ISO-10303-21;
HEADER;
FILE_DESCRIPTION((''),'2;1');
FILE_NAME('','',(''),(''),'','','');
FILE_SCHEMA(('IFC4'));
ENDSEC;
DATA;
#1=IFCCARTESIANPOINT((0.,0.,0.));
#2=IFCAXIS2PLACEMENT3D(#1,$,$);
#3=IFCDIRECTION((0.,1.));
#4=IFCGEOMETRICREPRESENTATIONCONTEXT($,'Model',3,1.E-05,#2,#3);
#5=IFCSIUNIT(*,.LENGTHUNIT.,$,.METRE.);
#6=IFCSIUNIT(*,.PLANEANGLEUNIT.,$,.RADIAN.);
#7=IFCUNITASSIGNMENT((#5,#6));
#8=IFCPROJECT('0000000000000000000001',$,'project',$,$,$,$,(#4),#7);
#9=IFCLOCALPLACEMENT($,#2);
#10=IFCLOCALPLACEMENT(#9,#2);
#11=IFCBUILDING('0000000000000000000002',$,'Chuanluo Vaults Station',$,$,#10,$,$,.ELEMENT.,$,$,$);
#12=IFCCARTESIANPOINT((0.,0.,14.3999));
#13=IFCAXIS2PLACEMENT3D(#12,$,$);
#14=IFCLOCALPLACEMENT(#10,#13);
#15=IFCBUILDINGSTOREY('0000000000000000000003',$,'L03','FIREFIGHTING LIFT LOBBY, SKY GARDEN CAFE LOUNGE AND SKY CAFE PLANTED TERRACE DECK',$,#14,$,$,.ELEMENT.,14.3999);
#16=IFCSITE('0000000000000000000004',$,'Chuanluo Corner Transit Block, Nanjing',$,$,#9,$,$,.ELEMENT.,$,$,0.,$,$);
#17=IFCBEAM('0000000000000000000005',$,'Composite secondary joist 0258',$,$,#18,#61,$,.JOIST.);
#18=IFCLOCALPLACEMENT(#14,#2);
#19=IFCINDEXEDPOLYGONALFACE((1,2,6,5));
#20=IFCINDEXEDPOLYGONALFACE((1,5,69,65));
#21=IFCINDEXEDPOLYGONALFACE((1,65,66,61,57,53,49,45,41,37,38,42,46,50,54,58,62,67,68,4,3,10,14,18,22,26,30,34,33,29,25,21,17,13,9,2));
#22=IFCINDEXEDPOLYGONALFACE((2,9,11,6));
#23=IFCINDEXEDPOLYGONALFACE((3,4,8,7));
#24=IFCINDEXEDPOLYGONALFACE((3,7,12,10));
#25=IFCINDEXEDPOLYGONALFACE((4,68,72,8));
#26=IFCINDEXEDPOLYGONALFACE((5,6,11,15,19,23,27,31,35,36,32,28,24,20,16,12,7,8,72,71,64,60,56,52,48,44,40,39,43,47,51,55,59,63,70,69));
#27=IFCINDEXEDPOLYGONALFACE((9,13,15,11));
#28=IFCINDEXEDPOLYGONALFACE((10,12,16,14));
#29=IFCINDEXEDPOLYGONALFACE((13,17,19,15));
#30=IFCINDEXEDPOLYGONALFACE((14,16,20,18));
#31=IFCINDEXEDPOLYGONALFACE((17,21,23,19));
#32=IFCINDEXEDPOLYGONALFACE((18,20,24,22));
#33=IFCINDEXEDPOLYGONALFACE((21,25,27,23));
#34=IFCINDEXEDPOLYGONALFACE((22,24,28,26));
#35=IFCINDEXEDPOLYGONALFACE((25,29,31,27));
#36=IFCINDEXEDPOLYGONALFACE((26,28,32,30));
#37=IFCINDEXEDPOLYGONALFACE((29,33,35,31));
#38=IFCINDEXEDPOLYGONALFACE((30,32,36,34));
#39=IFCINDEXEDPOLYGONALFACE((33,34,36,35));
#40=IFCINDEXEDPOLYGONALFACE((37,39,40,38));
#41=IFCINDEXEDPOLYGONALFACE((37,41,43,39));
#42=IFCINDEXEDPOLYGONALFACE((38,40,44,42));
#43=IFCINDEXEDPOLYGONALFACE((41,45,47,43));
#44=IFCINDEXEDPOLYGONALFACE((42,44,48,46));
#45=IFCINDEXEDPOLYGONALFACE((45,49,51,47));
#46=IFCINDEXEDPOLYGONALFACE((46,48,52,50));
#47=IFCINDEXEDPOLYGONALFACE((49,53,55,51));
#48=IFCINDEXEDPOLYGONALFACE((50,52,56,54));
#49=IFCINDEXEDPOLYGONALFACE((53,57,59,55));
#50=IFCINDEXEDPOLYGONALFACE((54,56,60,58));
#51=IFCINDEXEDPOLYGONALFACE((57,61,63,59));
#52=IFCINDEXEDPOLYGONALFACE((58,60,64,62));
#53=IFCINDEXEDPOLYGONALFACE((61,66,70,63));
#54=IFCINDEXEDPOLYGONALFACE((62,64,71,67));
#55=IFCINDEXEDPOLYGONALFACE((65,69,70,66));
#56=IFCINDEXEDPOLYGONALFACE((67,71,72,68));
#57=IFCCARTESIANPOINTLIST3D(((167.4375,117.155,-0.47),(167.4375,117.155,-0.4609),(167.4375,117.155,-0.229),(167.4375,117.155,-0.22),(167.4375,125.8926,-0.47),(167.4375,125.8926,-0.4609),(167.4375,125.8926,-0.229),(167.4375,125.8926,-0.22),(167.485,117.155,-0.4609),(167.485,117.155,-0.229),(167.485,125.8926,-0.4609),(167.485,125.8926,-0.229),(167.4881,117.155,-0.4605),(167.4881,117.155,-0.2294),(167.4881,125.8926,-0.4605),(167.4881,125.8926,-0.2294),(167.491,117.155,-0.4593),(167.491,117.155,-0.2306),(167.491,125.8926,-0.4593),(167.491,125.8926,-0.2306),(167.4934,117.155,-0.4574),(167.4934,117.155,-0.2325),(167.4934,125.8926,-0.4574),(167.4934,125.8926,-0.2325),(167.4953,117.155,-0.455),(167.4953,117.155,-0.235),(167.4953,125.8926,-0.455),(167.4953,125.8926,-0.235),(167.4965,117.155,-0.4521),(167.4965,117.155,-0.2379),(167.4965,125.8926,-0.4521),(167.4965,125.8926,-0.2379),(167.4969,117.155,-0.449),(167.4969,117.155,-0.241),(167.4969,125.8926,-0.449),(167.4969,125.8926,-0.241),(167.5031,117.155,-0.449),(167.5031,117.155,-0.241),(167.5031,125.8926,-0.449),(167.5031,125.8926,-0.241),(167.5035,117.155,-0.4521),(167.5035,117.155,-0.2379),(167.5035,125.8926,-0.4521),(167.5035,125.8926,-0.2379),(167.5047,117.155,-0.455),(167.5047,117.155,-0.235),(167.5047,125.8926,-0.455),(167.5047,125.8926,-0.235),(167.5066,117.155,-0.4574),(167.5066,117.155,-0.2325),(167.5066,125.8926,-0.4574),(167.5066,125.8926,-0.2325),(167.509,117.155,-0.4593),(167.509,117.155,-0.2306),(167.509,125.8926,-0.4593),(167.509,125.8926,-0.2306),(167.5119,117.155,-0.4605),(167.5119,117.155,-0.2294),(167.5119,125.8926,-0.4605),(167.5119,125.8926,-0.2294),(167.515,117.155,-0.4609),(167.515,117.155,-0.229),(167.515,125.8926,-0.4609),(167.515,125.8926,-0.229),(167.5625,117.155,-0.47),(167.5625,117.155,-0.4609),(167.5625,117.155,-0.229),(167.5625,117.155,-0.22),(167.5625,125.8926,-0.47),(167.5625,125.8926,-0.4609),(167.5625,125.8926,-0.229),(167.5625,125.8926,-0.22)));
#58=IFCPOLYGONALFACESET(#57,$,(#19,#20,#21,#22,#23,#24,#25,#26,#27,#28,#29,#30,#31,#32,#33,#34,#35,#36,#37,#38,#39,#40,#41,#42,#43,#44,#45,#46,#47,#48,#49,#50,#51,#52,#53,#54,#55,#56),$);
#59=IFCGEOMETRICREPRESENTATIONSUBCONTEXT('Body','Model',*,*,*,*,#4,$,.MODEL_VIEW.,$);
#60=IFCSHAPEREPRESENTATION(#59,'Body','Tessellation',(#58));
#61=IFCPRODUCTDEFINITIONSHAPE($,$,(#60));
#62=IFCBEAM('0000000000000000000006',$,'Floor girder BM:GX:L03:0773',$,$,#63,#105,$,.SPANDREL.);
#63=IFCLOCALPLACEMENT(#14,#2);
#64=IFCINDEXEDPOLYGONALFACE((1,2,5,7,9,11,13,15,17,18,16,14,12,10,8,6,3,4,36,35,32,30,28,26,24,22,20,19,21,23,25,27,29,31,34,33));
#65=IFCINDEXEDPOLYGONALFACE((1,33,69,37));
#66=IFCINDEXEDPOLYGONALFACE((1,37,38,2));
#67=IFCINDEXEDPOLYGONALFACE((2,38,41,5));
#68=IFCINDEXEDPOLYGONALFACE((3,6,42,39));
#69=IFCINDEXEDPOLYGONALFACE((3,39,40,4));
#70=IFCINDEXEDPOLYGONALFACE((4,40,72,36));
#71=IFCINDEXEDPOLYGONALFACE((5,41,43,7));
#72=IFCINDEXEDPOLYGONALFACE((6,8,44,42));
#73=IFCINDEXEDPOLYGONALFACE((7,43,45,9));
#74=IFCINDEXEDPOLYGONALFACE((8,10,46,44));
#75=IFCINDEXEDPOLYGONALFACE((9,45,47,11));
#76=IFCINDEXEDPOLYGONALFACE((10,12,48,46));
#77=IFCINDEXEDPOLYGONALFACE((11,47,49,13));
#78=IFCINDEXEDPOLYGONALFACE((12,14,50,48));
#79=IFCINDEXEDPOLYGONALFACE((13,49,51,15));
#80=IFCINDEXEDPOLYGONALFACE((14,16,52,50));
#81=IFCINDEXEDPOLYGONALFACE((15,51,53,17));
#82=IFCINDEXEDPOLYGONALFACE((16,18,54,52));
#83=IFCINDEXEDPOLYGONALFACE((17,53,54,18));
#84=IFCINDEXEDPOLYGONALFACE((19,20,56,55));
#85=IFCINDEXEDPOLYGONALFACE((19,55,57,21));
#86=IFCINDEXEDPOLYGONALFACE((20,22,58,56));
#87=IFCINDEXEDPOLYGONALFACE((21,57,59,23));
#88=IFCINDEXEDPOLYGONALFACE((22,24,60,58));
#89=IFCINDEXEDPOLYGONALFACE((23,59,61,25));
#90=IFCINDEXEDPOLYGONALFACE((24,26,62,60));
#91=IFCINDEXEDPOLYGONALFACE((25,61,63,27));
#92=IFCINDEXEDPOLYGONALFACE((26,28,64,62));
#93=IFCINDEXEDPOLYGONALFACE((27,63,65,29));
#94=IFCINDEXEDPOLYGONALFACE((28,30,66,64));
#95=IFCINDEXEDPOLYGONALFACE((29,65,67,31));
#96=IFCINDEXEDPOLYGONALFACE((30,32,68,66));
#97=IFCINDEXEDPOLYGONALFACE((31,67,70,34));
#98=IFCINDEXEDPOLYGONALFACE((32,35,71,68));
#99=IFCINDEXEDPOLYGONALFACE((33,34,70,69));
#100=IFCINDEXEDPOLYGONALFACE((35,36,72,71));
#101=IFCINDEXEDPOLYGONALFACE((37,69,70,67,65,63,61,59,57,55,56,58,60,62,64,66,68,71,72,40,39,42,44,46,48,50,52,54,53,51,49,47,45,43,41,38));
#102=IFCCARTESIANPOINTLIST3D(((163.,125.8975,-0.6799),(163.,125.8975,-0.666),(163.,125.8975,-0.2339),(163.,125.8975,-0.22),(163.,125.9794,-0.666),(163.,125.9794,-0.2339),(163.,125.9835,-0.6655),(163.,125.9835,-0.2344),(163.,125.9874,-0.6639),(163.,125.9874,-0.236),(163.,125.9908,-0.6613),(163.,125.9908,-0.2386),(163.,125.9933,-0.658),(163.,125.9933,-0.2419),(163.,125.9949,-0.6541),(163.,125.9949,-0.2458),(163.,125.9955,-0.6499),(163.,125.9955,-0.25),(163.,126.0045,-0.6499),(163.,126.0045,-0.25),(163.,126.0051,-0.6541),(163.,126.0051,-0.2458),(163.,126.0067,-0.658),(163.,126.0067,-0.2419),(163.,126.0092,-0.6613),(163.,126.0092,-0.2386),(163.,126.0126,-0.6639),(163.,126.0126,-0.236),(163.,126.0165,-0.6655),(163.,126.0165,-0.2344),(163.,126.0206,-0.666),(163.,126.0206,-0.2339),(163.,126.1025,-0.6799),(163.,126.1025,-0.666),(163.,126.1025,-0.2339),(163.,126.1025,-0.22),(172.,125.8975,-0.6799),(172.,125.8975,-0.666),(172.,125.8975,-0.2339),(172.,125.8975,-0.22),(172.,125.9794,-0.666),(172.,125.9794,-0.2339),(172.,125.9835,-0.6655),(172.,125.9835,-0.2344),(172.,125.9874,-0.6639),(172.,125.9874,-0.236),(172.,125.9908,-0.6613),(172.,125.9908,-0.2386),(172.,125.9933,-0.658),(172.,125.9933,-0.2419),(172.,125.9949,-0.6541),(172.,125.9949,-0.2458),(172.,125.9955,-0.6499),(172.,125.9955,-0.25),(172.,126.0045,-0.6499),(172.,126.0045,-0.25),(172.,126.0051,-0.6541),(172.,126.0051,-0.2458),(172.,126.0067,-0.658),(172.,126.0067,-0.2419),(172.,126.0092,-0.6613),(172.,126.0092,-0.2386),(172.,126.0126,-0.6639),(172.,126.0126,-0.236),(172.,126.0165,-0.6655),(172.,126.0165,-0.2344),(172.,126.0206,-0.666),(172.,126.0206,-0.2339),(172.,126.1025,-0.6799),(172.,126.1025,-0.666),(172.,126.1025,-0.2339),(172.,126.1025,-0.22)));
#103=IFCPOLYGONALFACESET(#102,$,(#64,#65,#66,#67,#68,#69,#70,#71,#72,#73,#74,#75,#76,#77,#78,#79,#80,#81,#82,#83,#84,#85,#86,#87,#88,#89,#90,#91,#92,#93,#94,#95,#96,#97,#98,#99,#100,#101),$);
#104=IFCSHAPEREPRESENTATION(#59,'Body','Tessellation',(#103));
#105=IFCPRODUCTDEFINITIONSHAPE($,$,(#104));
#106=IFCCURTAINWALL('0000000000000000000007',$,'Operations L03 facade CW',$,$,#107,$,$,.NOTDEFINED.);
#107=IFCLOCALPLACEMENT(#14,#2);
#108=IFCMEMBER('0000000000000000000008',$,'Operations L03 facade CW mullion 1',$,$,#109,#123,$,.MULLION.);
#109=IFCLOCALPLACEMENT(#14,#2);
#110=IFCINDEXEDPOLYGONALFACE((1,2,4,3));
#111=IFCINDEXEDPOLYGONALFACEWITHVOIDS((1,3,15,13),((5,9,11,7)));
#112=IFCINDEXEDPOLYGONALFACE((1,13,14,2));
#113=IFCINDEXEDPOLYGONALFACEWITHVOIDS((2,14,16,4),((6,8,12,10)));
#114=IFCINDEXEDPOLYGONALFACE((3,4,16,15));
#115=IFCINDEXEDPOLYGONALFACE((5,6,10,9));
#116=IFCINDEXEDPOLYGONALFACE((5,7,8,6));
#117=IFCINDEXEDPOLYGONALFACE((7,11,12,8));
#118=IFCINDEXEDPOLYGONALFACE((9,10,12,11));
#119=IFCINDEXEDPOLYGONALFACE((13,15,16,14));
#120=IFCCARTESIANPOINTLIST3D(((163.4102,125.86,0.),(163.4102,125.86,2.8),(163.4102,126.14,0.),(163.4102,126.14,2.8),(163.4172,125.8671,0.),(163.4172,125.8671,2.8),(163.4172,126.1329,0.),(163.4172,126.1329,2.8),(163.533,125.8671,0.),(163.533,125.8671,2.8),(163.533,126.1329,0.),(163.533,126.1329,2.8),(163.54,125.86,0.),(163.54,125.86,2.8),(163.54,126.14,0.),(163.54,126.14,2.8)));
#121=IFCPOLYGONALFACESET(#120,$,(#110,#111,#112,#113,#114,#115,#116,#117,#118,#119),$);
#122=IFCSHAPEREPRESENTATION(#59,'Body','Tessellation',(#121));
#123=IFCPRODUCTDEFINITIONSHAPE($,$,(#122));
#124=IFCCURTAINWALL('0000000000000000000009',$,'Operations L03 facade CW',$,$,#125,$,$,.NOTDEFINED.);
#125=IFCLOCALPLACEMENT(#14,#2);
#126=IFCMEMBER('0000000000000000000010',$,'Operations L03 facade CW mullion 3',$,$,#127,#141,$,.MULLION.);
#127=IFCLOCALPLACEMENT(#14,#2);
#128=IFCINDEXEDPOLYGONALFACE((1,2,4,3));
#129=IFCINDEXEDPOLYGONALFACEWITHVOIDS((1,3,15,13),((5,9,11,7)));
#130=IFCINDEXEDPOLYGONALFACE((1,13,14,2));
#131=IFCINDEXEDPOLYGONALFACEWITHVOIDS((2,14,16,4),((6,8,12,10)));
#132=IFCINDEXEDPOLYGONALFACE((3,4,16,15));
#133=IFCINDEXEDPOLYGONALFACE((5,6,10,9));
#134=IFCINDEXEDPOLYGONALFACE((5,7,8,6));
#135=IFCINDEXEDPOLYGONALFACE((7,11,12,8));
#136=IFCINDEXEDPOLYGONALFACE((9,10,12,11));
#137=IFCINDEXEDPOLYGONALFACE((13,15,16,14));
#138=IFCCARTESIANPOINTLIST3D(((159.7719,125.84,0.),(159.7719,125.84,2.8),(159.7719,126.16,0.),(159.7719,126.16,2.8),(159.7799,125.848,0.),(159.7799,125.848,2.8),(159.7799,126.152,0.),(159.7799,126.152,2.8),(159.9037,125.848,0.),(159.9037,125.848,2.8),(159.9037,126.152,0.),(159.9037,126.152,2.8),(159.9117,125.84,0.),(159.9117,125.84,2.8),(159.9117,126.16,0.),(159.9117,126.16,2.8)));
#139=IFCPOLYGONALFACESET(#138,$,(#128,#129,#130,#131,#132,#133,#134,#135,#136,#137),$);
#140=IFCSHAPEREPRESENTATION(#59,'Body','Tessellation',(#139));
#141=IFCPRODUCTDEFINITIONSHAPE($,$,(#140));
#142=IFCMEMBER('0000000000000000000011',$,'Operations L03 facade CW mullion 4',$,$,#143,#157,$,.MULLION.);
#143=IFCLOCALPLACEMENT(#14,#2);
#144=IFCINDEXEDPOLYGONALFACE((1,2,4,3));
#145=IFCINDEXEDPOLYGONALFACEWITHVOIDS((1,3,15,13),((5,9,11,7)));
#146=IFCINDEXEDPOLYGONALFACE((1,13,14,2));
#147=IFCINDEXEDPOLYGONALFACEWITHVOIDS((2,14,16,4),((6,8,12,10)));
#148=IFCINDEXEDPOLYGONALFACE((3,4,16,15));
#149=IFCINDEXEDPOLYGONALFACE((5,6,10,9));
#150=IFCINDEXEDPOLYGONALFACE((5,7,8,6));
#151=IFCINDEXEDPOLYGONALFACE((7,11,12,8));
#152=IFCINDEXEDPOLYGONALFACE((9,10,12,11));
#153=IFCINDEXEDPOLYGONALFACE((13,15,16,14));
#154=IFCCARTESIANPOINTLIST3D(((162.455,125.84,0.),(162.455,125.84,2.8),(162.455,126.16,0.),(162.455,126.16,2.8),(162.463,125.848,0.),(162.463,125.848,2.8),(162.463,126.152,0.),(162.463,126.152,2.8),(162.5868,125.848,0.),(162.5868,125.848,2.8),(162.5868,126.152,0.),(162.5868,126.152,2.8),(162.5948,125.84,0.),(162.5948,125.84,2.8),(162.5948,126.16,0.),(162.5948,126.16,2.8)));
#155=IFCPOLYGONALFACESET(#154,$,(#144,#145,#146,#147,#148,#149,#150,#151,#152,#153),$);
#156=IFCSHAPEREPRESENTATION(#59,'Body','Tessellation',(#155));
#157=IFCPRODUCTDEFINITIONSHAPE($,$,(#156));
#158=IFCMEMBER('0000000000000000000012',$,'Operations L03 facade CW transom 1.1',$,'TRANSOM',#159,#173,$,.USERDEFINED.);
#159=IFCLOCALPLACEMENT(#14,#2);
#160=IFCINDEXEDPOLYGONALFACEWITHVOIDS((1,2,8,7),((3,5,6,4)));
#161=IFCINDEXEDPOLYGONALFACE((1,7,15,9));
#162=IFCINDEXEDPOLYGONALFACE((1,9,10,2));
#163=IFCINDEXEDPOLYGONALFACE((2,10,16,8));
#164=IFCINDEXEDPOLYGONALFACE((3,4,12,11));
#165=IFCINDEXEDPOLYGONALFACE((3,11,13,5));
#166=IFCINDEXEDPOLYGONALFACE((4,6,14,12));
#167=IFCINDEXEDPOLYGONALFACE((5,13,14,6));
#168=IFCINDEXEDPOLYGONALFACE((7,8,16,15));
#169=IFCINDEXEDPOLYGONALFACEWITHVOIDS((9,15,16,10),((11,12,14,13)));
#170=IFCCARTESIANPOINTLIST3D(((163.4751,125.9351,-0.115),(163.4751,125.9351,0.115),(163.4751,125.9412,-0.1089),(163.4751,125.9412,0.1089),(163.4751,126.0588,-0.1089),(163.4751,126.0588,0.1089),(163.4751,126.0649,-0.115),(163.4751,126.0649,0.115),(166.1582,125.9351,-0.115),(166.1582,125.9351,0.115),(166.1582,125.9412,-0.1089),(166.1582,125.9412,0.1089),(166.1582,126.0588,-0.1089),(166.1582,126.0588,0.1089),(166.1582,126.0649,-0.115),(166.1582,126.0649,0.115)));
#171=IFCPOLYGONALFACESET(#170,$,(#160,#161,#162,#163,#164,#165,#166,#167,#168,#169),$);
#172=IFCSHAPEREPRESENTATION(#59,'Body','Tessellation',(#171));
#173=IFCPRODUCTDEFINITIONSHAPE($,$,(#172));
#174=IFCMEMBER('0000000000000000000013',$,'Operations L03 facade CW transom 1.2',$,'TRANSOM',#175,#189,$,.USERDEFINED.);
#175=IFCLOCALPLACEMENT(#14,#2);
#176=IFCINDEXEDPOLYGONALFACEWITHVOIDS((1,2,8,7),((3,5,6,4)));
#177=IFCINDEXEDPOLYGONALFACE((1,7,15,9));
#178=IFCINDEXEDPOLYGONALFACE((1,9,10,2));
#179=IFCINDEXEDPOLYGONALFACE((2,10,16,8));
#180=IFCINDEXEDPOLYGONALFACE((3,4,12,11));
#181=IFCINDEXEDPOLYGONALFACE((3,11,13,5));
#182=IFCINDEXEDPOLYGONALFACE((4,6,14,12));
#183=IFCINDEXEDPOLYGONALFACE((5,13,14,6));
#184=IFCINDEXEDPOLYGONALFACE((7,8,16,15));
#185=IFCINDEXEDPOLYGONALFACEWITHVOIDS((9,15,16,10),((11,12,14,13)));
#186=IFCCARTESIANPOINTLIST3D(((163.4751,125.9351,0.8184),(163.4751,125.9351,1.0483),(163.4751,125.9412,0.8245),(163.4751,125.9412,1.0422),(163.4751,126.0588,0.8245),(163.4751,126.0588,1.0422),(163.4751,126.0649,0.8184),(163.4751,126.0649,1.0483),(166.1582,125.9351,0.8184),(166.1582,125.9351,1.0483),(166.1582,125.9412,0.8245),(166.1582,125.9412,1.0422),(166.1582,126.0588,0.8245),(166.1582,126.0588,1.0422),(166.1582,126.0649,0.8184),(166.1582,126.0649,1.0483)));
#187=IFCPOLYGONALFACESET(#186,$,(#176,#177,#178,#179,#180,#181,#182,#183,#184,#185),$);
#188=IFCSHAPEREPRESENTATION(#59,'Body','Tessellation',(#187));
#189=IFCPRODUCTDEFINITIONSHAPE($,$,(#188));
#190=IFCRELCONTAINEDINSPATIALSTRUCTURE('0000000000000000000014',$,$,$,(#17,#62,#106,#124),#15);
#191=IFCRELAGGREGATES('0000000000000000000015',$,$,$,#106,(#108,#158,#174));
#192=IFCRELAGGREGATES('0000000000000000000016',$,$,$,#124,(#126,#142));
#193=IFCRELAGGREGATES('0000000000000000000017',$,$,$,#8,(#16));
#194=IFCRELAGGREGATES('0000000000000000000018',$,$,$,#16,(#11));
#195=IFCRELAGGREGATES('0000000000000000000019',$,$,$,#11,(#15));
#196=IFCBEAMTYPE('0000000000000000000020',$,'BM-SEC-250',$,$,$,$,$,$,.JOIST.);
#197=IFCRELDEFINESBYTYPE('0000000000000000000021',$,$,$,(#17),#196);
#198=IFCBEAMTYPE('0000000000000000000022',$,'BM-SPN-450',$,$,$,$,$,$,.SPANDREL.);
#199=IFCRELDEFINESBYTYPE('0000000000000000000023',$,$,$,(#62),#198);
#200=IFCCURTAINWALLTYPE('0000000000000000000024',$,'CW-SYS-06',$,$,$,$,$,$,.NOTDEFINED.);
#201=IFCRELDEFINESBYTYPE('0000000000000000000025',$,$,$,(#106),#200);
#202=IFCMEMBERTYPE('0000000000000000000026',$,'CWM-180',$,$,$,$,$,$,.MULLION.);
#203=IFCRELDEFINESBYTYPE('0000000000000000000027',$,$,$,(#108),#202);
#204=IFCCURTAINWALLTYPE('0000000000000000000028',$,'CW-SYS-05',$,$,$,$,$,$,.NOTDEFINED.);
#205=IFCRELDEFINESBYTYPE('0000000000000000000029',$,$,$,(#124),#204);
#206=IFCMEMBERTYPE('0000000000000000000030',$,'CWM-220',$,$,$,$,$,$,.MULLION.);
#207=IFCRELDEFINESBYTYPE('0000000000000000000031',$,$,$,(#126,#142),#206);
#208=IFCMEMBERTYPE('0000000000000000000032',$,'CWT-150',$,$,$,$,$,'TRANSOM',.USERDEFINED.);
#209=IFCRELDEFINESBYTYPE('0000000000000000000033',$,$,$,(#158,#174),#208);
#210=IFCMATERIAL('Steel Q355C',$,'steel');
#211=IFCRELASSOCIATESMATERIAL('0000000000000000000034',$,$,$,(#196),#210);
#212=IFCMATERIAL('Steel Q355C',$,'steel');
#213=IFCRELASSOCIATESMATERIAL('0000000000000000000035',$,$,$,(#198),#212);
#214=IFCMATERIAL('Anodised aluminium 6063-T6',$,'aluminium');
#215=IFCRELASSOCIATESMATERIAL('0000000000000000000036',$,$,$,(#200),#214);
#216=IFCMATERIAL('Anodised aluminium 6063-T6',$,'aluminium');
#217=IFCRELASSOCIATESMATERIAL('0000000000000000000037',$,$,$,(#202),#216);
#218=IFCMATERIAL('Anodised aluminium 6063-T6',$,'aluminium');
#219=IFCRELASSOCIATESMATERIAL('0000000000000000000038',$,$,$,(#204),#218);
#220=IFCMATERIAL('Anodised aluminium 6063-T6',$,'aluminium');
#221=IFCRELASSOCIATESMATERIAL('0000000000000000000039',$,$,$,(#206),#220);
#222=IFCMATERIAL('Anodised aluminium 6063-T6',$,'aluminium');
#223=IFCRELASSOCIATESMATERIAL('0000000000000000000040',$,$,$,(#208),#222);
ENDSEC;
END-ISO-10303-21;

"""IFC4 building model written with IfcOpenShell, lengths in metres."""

from ifc_helpers import new_model, si_unit, direction, frame, origin, origin_2d, place, context, subcontext, project, spatial, hollow_rectangle, i_section, extrude, material, material_profile, profile_set, type_object, element, aggregate, save


model = new_model("IFC4")

# Units and contexts
model_context = context("Model", 3, precision=1e-05, world=origin(), true_north=direction((0.0, 1.0)))
body_context = subcontext(model_context, "Body", "Model", "MODEL_VIEW")
ifc_project = project(units=[si_unit("LENGTHUNIT", "METRE"), si_unit("PLANEANGLEUNIT", "RADIAN")], contexts=[model_context])

# Site, building, storey
site_placement = place(None, origin())
site = spatial("IfcSite", under=ifc_project, at=site_placement, Name="Chuanluo Corner Transit Block, Nanjing", CompositionType="ELEMENT", RefElevation=0.0)
building_placement = place(site_placement, origin())
building = spatial("IfcBuilding", under=site, at=building_placement, Name="Chuanluo Vaults Station", CompositionType="ELEMENT")
storey_placement = place(building_placement, frame((0.0, 0.0, 14.3999)))
storey = spatial("IfcBuildingStorey", under=building, at=storey_placement, Name="L03", Description="FIREFIGHTING LIFT LOBBY, SKY GARDEN CAFE LOUNGE AND SKY CAFE PLANTED TERRACE DECK", CompositionType="ELEMENT", Elevation=14.3999)

# Beams
ifc_material_1 = material(Name="Steel Q355C", Category="steel")
ifc_material_profile_1 = material_profile(ifc_material_1, i_section(OverallWidth=0.125, OverallDepth=0.25, WebThickness=0.0061, FlangeThickness=0.009, FilletRadius=0.012, at=origin_2d()))
ifc_profile_set_1 = profile_set([ifc_material_profile_1], Name="Steel Q355C")
beam_type_1 = type_object("IfcBeamType", Name="BM-SEC-250", PredefinedType="JOIST", material=ifc_profile_set_1)
beam_1_placement = place(storey_placement, frame((167.5, 117.155, -0.345), z_axis=(0.0, 1.0, 0.0), x_axis=(-1.0, 0.0, 0.0)))
element("IfcBeam", 1, at=beam_1_placement, inside=storey, type_object=beam_type_1, Name="Composite secondary joist 0258", PredefinedType="JOIST", context=body_context, shape_type="SweptSolid", body=[
    extrude(i_section(OverallWidth=0.125, OverallDepth=0.25, WebThickness=0.0061, FlangeThickness=0.009, FilletRadius=0.012, at=origin_2d()), origin(), (0.0, 0.0, 1.0), 8.7375),
])
ifc_material_2 = material(Name="Steel Q355C", Category="steel")
ifc_material_profile_2 = material_profile(ifc_material_2, i_section(OverallWidth=0.2051, OverallDepth=0.46, WebThickness=0.009, FlangeThickness=0.0139, FilletRadius=0.0161, at=origin_2d()))
ifc_profile_set_2 = profile_set([ifc_material_profile_2], Name="Steel Q355C")
beam_type_2 = type_object("IfcBeamType", Name="BM-SPN-450", PredefinedType="SPANDREL", material=ifc_profile_set_2)
beam_2_placement = place(storey_placement, frame((163.0, 126.0, -0.45), z_axis=(1.0, 0.0, 0.0), x_axis=(0.0, 1.0, 0.0)))
element("IfcBeam", 2, at=beam_2_placement, inside=storey, type_object=beam_type_2, Name="Floor girder BM:GX:L03:0773", PredefinedType="SPANDREL", context=body_context, shape_type="SweptSolid", body=[
    extrude(i_section(OverallWidth=0.2051, OverallDepth=0.46, WebThickness=0.009, FlangeThickness=0.0139, FilletRadius=0.0161, at=origin_2d()), origin(), (0.0, 0.0, 1.0), 9.0),
])

# Curtain wall, member
ifc_material_3 = material(Name="Anodised aluminium 6063-T6", Category="aluminium")
curtain_wall_type_1 = type_object("IfcCurtainWallType", Name="CW-SYS-06", PredefinedType="NOTDEFINED", material=ifc_material_3)
curtain_wall_1_placement = place(storey_placement, origin())
curtain_wall_1 = element("IfcCurtainWall", 3, at=curtain_wall_1_placement, inside=storey, type_object=curtain_wall_type_1, Name="Operations L03 facade CW", PredefinedType="NOTDEFINED")
ifc_material_4 = material(Name="Anodised aluminium 6063-T6", Category="aluminium")
ifc_material_profile_3 = material_profile(ifc_material_4, hollow_rectangle(XDim=0.1299, YDim=0.28, WallThickness=0.0071, at=origin_2d()))
ifc_profile_set_3 = profile_set([ifc_material_profile_3], Name="Anodised aluminium 6063-T6")
member_type_1 = type_object("IfcMemberType", Name="CWM-180", PredefinedType="MULLION", material=ifc_profile_set_3)
member_1_placement = place(storey_placement, frame((163.4751, 126.0, 0.0), z_axis=(0.0, 0.0, 1.0), x_axis=(1.0, 0.0, 0.0)))
member_1 = element("IfcMember", 4, at=member_1_placement, type_object=member_type_1, Name="Operations L03 facade CW mullion 1", PredefinedType="MULLION", context=body_context, shape_type="SweptSolid", body=[
    extrude(hollow_rectangle(XDim=0.1299, YDim=0.28, WallThickness=0.0071, at=origin_2d()), origin(), (0.0, 0.0, 1.0), 2.8),
])

# Curtain wall, members
ifc_material_5 = material(Name="Anodised aluminium 6063-T6", Category="aluminium")
curtain_wall_type_2 = type_object("IfcCurtainWallType", Name="CW-SYS-05", PredefinedType="NOTDEFINED", material=ifc_material_5)
curtain_wall_2_placement = place(storey_placement, origin())
curtain_wall_2 = element("IfcCurtainWall", 5, at=curtain_wall_2_placement, inside=storey, type_object=curtain_wall_type_2, Name="Operations L03 facade CW", PredefinedType="NOTDEFINED")
ifc_material_6 = material(Name="Anodised aluminium 6063-T6", Category="aluminium")
ifc_material_profile_4 = material_profile(ifc_material_6, hollow_rectangle(XDim=0.1399, YDim=0.3201, WallThickness=0.0081, at=origin_2d()))
ifc_profile_set_4 = profile_set([ifc_material_profile_4], Name="Anodised aluminium 6063-T6")
member_type_2 = type_object("IfcMemberType", Name="CWM-220", PredefinedType="MULLION", material=ifc_profile_set_4)
member_2_placement = place(storey_placement, frame((159.8418, 126.0, 0.0), z_axis=(0.0, 0.0, 1.0), x_axis=(1.0, 0.0, 0.0)))
member_2 = element("IfcMember", 6, at=member_2_placement, type_object=member_type_2, Name="Operations L03 facade CW mullion 3", PredefinedType="MULLION", context=body_context, shape_type="SweptSolid", body=[
    extrude(hollow_rectangle(XDim=0.1399, YDim=0.3201, WallThickness=0.0081, at=origin_2d()), origin(), (0.0, 0.0, 1.0), 2.8),
])
member_3_placement = place(storey_placement, frame((162.5249, 126.0, 0.0), z_axis=(0.0, 0.0, 1.0), x_axis=(1.0, 0.0, 0.0)))
member_3 = element("IfcMember", 7, at=member_3_placement, type_object=member_type_2, Name="Operations L03 facade CW mullion 4", PredefinedType="MULLION", context=body_context, shape_type="SweptSolid", body=[
    extrude(hollow_rectangle(XDim=0.1399, YDim=0.3201, WallThickness=0.0081, at=origin_2d()), origin(), (0.0, 0.0, 1.0), 2.8),
])

# Members
ifc_material_7 = material(Name="Anodised aluminium 6063-T6", Category="aluminium")
ifc_material_profile_5 = material_profile(ifc_material_7, hollow_rectangle(XDim=0.1299, YDim=0.23, WallThickness=0.0061, at=origin_2d()))
ifc_profile_set_5 = profile_set([ifc_material_profile_5], Name="Anodised aluminium 6063-T6")
member_type_3 = type_object("IfcMemberType", Name="CWT-150", ElementType="TRANSOM", PredefinedType="USERDEFINED", material=ifc_profile_set_5)
member_4_placement = place(storey_placement, frame((163.4751, 126.0, 0.0), z_axis=(1.0, 0.0, 0.0), x_axis=(0.0, 1.0, 0.0)))
member_4 = element("IfcMember", 8, at=member_4_placement, type_object=member_type_3, Name="Operations L03 facade CW transom 1.1", ObjectType="TRANSOM", PredefinedType="USERDEFINED", context=body_context, shape_type="SweptSolid", body=[
    extrude(hollow_rectangle(XDim=0.1299, YDim=0.23, WallThickness=0.0061, at=origin_2d()), origin(), (0.0, 0.0, 1.0), 2.6831),
])
member_5_placement = place(storey_placement, frame((163.4751, 126.0, 0.9333), z_axis=(1.0, 0.0, 0.0), x_axis=(0.0, 1.0, 0.0)))
member_5 = element("IfcMember", 9, at=member_5_placement, type_object=member_type_3, Name="Operations L03 facade CW transom 1.2", ObjectType="TRANSOM", PredefinedType="USERDEFINED", context=body_context, shape_type="SweptSolid", body=[
    extrude(hollow_rectangle(XDim=0.1299, YDim=0.23, WallThickness=0.0061, at=origin_2d()), origin(), (0.0, 0.0, 1.0), 2.6831),
])
aggregate(curtain_wall_1, [member_1, member_4, member_5])

aggregate(curtain_wall_2, [member_2, member_3])

save(model, "model.ifc")
